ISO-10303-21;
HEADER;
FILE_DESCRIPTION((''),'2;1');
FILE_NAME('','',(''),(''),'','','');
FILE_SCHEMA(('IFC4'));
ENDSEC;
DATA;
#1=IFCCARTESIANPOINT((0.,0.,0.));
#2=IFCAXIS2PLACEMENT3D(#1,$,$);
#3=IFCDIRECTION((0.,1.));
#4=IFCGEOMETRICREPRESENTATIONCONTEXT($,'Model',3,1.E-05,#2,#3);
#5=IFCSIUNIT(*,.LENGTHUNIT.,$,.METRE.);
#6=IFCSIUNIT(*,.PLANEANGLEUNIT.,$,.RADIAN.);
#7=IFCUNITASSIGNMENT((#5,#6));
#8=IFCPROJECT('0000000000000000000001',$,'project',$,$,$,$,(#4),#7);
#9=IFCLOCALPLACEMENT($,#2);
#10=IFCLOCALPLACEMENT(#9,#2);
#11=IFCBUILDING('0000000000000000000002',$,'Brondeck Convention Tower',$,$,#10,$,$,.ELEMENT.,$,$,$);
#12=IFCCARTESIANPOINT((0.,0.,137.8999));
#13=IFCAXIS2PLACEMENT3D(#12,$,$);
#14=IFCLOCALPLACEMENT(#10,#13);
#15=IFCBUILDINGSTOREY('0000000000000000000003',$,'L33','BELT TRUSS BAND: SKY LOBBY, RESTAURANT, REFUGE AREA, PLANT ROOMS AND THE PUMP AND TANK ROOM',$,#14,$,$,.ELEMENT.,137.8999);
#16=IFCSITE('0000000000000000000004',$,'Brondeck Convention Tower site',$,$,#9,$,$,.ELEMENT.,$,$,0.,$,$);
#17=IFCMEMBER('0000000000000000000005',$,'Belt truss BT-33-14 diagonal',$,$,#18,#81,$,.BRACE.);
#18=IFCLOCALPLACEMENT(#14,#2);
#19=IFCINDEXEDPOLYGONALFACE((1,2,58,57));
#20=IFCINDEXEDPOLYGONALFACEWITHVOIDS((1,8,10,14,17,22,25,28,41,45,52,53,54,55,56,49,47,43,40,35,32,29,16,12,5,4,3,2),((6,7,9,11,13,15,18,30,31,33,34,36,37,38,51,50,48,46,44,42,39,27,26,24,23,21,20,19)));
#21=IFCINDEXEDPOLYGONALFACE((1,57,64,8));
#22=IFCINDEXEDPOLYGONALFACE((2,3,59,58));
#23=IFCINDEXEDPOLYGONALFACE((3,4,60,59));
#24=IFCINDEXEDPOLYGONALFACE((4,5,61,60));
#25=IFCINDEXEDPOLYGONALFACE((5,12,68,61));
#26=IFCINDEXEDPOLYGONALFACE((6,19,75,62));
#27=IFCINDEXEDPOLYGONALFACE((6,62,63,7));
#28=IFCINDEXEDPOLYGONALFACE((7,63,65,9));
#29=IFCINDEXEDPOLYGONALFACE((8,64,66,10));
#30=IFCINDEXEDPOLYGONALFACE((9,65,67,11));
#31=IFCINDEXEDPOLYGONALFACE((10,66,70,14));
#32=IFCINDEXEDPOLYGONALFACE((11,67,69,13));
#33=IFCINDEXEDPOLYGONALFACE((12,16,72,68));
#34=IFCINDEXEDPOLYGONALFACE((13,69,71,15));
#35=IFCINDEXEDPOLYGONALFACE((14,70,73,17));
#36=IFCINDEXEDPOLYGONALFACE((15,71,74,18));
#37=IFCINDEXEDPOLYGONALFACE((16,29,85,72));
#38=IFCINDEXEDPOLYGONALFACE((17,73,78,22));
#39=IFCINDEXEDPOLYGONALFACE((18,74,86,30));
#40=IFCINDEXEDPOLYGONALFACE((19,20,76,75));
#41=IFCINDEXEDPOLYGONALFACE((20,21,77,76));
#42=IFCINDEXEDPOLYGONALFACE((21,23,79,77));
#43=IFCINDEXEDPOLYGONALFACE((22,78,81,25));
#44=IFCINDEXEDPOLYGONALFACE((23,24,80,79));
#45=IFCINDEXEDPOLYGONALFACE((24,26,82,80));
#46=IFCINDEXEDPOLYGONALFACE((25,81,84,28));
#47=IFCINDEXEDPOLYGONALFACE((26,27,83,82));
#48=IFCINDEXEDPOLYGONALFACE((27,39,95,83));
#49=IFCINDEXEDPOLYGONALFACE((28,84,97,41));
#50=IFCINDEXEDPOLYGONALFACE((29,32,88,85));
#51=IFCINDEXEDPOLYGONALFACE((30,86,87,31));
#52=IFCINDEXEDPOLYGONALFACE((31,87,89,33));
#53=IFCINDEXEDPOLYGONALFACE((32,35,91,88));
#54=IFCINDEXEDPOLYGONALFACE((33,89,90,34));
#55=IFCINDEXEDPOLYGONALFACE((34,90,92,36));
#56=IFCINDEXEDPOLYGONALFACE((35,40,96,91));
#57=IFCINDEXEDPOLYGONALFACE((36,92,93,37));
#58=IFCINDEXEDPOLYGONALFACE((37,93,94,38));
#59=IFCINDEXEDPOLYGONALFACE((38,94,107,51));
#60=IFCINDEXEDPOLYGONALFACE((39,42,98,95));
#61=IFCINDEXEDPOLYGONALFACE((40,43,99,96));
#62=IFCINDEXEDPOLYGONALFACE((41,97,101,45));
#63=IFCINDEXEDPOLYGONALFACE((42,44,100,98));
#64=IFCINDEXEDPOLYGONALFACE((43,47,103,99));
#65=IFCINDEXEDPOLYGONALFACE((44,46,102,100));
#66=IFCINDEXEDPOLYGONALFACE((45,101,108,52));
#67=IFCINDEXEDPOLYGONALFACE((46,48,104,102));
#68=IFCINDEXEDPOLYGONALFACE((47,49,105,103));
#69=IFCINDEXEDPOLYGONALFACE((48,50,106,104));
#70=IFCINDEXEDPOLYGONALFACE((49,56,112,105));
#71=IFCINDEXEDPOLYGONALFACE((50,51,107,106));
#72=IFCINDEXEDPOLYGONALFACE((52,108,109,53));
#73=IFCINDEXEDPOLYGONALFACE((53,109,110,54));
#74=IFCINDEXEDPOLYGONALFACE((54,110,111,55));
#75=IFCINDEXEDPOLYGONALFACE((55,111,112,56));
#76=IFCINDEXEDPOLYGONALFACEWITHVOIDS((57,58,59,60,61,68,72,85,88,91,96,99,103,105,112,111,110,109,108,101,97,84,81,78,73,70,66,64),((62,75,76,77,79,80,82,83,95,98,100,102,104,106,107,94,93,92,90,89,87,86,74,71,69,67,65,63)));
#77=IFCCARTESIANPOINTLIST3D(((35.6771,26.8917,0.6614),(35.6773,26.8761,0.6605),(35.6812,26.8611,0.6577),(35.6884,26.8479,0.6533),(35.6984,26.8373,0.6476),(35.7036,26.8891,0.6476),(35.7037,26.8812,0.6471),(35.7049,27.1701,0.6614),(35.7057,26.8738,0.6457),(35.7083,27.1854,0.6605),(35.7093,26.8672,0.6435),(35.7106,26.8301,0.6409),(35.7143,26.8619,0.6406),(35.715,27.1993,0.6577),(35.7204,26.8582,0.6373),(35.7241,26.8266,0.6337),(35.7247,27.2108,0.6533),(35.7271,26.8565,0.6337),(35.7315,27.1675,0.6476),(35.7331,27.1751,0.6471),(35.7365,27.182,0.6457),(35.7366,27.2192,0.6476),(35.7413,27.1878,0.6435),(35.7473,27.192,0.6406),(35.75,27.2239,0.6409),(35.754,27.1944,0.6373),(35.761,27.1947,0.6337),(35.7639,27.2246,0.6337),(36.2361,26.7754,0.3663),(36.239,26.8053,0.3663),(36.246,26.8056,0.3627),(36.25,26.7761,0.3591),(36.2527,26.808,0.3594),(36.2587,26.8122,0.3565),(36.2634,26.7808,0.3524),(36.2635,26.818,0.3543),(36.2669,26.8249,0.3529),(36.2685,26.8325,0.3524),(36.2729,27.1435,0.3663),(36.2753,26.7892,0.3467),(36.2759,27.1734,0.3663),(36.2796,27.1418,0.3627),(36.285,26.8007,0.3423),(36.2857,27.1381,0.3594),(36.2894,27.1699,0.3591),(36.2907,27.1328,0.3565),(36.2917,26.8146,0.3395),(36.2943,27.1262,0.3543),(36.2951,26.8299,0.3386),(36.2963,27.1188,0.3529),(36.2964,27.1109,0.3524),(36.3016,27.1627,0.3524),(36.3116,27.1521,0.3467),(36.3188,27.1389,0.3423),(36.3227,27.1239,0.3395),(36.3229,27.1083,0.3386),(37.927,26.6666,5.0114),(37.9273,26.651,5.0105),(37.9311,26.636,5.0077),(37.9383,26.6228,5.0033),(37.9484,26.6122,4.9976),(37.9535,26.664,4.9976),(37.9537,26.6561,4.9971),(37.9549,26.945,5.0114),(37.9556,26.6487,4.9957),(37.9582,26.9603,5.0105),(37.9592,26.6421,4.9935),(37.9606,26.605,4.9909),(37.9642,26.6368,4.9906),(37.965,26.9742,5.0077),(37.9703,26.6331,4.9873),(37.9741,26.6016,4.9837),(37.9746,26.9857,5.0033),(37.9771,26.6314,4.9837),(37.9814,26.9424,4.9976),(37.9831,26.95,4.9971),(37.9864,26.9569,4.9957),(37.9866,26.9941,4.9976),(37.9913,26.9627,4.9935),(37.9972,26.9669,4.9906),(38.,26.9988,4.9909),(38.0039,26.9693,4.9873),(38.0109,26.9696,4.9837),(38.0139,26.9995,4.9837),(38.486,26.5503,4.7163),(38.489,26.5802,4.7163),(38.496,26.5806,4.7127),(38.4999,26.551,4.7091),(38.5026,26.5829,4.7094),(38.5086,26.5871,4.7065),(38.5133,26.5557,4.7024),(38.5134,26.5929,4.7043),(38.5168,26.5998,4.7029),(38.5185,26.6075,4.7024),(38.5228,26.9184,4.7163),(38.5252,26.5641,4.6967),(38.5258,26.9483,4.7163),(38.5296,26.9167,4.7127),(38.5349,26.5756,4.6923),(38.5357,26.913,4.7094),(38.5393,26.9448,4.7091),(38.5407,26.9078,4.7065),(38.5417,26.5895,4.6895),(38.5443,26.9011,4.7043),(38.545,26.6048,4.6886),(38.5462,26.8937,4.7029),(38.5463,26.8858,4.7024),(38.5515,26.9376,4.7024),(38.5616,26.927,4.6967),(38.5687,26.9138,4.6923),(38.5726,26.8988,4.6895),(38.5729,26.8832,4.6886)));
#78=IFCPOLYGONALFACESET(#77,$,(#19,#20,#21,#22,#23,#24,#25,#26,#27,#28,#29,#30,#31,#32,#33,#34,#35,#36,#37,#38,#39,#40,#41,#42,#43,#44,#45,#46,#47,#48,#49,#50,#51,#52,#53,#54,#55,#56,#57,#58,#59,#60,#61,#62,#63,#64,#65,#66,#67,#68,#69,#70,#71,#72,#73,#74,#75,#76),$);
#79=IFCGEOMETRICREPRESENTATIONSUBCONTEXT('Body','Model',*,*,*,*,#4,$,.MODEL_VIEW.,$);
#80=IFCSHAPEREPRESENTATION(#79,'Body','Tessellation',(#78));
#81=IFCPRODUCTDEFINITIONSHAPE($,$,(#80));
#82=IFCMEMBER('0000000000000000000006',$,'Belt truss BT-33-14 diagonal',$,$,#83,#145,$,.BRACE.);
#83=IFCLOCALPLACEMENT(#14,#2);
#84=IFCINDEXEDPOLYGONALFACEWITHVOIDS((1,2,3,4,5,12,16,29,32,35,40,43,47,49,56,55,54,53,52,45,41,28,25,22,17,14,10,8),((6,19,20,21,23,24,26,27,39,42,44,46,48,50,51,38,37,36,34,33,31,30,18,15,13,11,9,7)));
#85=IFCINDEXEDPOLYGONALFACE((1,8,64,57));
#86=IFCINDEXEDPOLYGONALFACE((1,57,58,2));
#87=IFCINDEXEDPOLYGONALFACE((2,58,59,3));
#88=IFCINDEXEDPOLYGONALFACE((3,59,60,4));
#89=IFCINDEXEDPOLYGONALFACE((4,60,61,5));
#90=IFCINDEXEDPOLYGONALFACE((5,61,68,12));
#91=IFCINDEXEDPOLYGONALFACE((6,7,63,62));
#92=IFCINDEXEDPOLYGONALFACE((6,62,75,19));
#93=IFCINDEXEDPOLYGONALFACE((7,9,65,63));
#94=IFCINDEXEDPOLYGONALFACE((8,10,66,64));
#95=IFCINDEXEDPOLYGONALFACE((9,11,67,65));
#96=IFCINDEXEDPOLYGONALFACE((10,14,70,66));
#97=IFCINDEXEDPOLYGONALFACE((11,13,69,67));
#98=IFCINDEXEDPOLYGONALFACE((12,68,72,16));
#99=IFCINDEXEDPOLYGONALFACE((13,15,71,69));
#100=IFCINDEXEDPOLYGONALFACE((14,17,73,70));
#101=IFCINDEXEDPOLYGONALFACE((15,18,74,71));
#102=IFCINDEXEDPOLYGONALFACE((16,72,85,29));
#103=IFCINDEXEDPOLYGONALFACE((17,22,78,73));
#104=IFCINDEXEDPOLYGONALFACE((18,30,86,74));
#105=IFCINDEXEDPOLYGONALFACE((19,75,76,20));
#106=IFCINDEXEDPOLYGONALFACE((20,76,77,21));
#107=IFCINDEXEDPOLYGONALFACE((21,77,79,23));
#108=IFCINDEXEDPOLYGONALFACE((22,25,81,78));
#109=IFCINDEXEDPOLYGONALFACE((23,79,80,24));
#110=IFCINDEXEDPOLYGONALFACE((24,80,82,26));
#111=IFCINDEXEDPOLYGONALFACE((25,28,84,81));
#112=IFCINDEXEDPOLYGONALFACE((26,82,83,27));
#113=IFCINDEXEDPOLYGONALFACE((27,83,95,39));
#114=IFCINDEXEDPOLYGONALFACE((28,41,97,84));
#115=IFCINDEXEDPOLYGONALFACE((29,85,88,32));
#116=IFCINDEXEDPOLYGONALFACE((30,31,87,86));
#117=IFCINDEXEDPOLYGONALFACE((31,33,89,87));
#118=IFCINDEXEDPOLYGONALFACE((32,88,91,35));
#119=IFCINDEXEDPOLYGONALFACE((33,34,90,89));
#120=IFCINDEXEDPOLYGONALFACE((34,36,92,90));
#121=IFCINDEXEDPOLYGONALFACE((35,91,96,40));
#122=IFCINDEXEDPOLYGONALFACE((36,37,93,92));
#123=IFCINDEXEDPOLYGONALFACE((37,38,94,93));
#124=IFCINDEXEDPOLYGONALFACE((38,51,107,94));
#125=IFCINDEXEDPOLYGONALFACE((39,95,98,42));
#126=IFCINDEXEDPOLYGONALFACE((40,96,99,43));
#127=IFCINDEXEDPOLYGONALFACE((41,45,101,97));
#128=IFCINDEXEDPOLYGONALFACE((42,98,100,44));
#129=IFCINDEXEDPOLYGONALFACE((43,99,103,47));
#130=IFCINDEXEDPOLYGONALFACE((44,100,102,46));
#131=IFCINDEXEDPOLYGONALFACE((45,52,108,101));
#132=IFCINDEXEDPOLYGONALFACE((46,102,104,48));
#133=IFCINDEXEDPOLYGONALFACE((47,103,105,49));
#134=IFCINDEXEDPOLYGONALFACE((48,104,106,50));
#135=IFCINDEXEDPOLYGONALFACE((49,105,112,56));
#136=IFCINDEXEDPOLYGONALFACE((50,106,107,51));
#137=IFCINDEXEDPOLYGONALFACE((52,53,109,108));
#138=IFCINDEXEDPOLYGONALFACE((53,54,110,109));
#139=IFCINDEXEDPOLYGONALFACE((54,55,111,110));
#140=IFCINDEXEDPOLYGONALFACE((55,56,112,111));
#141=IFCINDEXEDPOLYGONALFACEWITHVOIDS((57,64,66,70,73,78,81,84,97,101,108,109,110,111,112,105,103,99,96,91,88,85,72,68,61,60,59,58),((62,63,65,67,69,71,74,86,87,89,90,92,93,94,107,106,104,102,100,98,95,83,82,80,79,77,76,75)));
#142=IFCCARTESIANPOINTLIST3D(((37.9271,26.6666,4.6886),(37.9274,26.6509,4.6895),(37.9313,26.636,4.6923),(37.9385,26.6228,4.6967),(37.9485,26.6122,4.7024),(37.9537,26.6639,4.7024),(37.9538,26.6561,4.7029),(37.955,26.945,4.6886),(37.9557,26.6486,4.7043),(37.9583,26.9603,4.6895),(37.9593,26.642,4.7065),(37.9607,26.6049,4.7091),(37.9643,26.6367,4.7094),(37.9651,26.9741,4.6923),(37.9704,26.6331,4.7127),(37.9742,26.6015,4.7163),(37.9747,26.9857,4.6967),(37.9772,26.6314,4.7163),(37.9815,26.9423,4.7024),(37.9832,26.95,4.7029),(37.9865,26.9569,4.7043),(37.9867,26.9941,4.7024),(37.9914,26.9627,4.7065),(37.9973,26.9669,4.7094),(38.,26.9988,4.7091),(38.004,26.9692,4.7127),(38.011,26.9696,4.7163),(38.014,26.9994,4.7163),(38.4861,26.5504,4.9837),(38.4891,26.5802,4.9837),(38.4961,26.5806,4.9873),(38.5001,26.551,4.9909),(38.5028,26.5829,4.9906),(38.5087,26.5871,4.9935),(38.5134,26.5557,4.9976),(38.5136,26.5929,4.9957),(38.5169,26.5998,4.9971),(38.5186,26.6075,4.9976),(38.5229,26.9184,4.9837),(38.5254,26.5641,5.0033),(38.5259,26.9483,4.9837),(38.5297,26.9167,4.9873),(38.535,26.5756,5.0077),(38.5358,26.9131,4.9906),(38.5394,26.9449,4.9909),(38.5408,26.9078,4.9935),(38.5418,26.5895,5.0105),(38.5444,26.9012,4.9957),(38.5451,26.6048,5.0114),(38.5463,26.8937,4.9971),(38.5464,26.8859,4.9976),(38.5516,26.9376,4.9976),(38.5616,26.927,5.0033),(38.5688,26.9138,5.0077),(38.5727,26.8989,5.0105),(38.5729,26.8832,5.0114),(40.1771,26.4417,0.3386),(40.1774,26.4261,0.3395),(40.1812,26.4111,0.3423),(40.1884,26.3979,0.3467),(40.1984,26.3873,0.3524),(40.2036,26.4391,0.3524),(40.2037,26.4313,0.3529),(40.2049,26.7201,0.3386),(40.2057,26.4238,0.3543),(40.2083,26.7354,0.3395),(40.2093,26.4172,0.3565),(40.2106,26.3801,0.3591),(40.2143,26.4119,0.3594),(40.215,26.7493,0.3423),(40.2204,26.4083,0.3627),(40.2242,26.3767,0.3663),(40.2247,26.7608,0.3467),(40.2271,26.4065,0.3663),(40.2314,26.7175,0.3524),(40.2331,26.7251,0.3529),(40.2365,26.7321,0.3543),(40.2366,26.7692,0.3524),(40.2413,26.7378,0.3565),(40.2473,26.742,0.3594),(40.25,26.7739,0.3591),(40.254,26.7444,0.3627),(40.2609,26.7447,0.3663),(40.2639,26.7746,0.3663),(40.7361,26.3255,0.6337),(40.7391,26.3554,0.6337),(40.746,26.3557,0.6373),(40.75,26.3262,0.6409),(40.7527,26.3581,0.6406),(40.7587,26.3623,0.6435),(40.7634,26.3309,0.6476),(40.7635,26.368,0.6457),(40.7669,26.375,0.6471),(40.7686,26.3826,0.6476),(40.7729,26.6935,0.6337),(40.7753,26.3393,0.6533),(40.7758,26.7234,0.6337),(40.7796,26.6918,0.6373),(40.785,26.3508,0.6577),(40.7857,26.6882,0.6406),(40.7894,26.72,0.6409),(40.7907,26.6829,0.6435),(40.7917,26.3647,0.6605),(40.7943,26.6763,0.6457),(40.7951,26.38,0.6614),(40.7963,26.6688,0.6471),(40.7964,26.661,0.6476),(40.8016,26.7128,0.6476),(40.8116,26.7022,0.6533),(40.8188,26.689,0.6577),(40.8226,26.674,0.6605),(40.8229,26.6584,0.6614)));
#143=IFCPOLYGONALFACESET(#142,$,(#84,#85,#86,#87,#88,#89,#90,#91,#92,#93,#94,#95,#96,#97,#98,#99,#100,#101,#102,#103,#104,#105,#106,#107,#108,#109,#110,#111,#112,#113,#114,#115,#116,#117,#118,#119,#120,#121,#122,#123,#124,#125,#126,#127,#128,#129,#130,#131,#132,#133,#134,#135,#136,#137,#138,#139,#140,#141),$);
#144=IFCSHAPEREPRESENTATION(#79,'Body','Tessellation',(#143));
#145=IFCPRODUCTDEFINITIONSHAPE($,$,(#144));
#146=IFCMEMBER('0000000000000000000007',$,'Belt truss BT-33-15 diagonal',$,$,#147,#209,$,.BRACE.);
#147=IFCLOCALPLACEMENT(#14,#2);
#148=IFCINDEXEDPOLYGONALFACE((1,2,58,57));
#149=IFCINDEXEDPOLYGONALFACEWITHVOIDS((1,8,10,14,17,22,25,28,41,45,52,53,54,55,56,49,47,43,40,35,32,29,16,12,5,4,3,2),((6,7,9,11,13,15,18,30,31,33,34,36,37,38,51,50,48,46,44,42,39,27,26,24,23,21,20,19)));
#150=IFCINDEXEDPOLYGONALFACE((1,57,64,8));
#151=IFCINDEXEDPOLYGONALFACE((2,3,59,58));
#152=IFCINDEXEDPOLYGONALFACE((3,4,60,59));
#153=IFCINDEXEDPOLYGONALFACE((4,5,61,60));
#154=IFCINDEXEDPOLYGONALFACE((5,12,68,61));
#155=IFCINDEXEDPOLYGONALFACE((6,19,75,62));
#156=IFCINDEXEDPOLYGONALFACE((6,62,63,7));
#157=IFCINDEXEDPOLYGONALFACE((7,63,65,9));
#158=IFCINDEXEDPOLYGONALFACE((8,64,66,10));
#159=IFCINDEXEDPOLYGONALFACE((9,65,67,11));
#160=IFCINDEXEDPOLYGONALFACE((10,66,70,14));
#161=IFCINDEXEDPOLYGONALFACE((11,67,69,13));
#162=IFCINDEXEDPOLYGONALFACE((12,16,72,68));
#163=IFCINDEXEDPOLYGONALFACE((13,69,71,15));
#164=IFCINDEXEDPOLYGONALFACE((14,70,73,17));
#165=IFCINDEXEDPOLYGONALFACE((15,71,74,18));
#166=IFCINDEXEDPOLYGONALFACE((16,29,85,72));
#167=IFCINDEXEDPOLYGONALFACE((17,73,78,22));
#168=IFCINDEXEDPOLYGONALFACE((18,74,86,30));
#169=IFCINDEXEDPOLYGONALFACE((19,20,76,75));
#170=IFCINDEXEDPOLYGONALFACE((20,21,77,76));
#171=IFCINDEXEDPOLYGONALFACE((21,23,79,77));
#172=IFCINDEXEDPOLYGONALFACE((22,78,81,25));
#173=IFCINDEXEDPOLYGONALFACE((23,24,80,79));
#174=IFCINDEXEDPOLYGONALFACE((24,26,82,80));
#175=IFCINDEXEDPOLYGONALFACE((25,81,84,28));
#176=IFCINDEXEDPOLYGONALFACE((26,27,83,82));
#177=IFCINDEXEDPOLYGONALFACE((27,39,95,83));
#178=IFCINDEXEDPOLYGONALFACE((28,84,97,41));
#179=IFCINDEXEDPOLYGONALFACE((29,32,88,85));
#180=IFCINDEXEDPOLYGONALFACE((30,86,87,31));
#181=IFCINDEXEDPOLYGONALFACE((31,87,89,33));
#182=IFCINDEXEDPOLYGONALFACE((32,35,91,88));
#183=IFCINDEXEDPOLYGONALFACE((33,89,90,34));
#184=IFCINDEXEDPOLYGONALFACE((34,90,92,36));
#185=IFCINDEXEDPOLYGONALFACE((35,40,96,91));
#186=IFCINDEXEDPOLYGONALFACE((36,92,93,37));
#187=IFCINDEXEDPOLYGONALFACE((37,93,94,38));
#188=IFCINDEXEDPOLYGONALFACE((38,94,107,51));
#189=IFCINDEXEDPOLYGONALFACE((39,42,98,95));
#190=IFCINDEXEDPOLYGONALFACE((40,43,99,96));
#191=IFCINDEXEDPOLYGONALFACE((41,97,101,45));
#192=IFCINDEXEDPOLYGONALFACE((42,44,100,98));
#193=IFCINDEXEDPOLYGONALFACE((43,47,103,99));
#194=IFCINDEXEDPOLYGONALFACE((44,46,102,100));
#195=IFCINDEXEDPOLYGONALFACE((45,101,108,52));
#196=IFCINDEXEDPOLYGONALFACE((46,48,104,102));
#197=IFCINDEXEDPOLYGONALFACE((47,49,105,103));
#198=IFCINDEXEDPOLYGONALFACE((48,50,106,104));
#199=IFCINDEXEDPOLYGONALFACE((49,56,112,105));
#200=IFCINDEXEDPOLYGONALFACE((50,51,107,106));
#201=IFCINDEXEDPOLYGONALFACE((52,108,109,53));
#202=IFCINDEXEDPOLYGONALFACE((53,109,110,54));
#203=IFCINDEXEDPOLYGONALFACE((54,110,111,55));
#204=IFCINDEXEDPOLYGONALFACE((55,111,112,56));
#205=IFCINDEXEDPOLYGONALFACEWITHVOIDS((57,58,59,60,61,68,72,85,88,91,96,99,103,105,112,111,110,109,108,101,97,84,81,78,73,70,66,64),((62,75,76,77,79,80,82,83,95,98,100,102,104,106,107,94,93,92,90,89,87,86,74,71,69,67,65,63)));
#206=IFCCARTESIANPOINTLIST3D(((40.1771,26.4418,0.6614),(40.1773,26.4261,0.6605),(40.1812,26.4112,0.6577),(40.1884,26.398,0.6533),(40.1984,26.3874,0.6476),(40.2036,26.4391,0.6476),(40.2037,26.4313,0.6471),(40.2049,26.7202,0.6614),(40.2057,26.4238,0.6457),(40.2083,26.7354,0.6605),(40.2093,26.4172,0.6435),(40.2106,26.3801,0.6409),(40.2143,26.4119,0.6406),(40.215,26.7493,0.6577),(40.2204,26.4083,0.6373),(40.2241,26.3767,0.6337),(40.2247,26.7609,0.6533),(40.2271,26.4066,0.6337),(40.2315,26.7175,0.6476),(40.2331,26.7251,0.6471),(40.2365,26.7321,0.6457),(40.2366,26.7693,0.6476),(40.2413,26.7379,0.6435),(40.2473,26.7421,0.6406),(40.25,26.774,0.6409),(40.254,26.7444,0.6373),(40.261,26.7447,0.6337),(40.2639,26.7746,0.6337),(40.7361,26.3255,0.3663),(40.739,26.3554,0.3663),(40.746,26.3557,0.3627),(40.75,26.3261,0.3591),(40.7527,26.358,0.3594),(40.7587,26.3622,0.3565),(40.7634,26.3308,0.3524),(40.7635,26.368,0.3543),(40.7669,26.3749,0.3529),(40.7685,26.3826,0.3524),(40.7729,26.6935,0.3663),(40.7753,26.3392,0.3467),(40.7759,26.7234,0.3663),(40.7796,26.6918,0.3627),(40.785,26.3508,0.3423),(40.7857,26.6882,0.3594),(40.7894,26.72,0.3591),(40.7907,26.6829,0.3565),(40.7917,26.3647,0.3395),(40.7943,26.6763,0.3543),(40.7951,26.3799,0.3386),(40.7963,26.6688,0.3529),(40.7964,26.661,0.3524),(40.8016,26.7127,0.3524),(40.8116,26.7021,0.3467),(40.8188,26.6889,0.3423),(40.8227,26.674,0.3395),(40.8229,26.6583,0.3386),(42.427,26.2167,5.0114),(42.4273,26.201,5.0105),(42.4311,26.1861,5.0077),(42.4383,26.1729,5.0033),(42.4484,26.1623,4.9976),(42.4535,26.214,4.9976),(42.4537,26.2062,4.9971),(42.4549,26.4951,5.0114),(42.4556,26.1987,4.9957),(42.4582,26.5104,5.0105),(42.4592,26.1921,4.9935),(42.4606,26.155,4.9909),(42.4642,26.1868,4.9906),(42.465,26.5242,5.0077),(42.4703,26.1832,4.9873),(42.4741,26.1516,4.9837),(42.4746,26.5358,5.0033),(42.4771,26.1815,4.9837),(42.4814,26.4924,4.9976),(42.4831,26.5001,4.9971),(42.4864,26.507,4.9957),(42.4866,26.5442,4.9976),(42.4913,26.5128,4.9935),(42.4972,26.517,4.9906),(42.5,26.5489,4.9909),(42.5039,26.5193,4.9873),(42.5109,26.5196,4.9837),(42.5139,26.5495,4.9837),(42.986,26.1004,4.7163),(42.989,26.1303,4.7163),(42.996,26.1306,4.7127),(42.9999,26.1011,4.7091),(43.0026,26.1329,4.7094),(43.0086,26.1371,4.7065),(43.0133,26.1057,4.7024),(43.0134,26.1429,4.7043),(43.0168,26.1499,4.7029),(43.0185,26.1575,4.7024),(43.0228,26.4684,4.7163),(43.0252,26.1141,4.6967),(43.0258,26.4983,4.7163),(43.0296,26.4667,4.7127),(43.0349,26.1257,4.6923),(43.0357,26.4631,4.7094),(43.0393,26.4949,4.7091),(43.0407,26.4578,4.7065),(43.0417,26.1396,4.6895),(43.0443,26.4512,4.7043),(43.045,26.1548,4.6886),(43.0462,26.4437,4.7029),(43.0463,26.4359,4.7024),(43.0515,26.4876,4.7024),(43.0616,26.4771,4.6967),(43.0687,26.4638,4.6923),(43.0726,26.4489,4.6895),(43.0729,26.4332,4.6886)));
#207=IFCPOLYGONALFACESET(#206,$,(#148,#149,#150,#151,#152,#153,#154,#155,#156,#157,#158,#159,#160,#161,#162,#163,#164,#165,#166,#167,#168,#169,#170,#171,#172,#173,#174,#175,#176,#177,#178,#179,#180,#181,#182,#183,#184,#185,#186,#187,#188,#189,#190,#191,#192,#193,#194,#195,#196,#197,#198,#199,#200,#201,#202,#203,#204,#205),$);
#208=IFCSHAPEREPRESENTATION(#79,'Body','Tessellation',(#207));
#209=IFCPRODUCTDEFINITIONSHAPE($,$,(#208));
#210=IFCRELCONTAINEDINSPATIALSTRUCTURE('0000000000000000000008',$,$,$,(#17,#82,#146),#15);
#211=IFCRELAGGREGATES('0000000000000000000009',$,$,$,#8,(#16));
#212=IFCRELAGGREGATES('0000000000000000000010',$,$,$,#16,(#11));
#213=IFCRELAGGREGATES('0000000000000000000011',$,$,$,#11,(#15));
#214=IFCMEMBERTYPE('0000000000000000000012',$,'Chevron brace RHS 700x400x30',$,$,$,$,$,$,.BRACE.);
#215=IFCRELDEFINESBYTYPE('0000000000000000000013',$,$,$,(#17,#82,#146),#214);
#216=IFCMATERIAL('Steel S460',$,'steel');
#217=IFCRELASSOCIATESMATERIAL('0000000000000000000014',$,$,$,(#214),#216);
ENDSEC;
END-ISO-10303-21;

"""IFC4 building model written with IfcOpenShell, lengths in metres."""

from ifc_helpers import new_model, si_unit, direction, frame, origin, origin_2d, place, context, subcontext, project, spatial, hollow_rectangle, extrude, material, material_profile, profile_set, type_object, element, save


model = new_model("IFC4")

# Units and contexts
model_context = context("Model", 3, precision=1e-05, world=origin(), true_north=direction((0.0, 1.0)))
body_context = subcontext(model_context, "Body", "Model", "MODEL_VIEW")
ifc_project = project(units=[si_unit("LENGTHUNIT", "METRE"), si_unit("PLANEANGLEUNIT", "RADIAN")], contexts=[model_context])

# Site, building, storey
site_placement = place(None, origin())
site = spatial("IfcSite", under=ifc_project, at=site_placement, Name="Brondeck Convention Tower site", CompositionType="ELEMENT", RefElevation=0.0)
building_placement = place(site_placement, origin())
building = spatial("IfcBuilding", under=site, at=building_placement, Name="Brondeck Convention Tower", CompositionType="ELEMENT")
storey_placement = place(building_placement, frame((0.0, 0.0, 137.8999)))
storey = spatial("IfcBuildingStorey", under=building, at=storey_placement, Name="L33", Description="BELT TRUSS BAND: SKY LOBBY, RESTAURANT, REFUGE AREA, PLANT ROOMS AND THE PUMP AND TANK ROOM", CompositionType="ELEMENT", Elevation=137.8999)

# Members
ifc_material_1 = material(Name="Steel S460", Category="steel")
ifc_material_profile_1 = material_profile(ifc_material_1, hollow_rectangle(XDim=0.3999, YDim=0.7, WallThickness=0.03, InnerFilletRadius=0.03, OuterFilletRadius=0.0601, at=origin_2d()), Name="RHS 700x400x30")
ifc_profile_set_1 = profile_set([ifc_material_profile_1], Name="Steel S460")
member_type_1 = type_object("IfcMemberType", Name="Chevron brace RHS 700x400x30", PredefinedType="BRACE", material=ifc_profile_set_1)
for number, where, z_axis, x_axis, name in (
    (1, (36.0, 27.0, 0.5), (0.45893, -0.045913, 0.887285), (0.099546, 0.995033, 0.0), "Belt truss BT-33-14 diagonal"),
    (2, (40.5, 26.55, 0.5), (-0.458931, 0.045863, 0.887287), (-0.09944, -0.995044, 0.0), "Belt truss BT-33-14 diagonal"),
    (3, (40.5, 26.55, 0.5), (0.45893, -0.045913, 0.887285), (0.099546, 0.995033, 0.0), "Belt truss BT-33-15 diagonal"),
):
    element("IfcMember", number, at=place(storey_placement, frame(where, z_axis=z_axis, x_axis=x_axis)), inside=storey, type_object=member_type_1, Name=name, PredefinedType="BRACE", context=body_context, shape_type="SweptSolid", body=[
        extrude(hollow_rectangle(XDim=0.3999, YDim=0.7, WallThickness=0.03, InnerFilletRadius=0.03, OuterFilletRadius=0.0601, at=origin_2d()), origin(), (0.0, 0.0, 1.0), 4.9026),
    ])

save(model, "model.ifc")
